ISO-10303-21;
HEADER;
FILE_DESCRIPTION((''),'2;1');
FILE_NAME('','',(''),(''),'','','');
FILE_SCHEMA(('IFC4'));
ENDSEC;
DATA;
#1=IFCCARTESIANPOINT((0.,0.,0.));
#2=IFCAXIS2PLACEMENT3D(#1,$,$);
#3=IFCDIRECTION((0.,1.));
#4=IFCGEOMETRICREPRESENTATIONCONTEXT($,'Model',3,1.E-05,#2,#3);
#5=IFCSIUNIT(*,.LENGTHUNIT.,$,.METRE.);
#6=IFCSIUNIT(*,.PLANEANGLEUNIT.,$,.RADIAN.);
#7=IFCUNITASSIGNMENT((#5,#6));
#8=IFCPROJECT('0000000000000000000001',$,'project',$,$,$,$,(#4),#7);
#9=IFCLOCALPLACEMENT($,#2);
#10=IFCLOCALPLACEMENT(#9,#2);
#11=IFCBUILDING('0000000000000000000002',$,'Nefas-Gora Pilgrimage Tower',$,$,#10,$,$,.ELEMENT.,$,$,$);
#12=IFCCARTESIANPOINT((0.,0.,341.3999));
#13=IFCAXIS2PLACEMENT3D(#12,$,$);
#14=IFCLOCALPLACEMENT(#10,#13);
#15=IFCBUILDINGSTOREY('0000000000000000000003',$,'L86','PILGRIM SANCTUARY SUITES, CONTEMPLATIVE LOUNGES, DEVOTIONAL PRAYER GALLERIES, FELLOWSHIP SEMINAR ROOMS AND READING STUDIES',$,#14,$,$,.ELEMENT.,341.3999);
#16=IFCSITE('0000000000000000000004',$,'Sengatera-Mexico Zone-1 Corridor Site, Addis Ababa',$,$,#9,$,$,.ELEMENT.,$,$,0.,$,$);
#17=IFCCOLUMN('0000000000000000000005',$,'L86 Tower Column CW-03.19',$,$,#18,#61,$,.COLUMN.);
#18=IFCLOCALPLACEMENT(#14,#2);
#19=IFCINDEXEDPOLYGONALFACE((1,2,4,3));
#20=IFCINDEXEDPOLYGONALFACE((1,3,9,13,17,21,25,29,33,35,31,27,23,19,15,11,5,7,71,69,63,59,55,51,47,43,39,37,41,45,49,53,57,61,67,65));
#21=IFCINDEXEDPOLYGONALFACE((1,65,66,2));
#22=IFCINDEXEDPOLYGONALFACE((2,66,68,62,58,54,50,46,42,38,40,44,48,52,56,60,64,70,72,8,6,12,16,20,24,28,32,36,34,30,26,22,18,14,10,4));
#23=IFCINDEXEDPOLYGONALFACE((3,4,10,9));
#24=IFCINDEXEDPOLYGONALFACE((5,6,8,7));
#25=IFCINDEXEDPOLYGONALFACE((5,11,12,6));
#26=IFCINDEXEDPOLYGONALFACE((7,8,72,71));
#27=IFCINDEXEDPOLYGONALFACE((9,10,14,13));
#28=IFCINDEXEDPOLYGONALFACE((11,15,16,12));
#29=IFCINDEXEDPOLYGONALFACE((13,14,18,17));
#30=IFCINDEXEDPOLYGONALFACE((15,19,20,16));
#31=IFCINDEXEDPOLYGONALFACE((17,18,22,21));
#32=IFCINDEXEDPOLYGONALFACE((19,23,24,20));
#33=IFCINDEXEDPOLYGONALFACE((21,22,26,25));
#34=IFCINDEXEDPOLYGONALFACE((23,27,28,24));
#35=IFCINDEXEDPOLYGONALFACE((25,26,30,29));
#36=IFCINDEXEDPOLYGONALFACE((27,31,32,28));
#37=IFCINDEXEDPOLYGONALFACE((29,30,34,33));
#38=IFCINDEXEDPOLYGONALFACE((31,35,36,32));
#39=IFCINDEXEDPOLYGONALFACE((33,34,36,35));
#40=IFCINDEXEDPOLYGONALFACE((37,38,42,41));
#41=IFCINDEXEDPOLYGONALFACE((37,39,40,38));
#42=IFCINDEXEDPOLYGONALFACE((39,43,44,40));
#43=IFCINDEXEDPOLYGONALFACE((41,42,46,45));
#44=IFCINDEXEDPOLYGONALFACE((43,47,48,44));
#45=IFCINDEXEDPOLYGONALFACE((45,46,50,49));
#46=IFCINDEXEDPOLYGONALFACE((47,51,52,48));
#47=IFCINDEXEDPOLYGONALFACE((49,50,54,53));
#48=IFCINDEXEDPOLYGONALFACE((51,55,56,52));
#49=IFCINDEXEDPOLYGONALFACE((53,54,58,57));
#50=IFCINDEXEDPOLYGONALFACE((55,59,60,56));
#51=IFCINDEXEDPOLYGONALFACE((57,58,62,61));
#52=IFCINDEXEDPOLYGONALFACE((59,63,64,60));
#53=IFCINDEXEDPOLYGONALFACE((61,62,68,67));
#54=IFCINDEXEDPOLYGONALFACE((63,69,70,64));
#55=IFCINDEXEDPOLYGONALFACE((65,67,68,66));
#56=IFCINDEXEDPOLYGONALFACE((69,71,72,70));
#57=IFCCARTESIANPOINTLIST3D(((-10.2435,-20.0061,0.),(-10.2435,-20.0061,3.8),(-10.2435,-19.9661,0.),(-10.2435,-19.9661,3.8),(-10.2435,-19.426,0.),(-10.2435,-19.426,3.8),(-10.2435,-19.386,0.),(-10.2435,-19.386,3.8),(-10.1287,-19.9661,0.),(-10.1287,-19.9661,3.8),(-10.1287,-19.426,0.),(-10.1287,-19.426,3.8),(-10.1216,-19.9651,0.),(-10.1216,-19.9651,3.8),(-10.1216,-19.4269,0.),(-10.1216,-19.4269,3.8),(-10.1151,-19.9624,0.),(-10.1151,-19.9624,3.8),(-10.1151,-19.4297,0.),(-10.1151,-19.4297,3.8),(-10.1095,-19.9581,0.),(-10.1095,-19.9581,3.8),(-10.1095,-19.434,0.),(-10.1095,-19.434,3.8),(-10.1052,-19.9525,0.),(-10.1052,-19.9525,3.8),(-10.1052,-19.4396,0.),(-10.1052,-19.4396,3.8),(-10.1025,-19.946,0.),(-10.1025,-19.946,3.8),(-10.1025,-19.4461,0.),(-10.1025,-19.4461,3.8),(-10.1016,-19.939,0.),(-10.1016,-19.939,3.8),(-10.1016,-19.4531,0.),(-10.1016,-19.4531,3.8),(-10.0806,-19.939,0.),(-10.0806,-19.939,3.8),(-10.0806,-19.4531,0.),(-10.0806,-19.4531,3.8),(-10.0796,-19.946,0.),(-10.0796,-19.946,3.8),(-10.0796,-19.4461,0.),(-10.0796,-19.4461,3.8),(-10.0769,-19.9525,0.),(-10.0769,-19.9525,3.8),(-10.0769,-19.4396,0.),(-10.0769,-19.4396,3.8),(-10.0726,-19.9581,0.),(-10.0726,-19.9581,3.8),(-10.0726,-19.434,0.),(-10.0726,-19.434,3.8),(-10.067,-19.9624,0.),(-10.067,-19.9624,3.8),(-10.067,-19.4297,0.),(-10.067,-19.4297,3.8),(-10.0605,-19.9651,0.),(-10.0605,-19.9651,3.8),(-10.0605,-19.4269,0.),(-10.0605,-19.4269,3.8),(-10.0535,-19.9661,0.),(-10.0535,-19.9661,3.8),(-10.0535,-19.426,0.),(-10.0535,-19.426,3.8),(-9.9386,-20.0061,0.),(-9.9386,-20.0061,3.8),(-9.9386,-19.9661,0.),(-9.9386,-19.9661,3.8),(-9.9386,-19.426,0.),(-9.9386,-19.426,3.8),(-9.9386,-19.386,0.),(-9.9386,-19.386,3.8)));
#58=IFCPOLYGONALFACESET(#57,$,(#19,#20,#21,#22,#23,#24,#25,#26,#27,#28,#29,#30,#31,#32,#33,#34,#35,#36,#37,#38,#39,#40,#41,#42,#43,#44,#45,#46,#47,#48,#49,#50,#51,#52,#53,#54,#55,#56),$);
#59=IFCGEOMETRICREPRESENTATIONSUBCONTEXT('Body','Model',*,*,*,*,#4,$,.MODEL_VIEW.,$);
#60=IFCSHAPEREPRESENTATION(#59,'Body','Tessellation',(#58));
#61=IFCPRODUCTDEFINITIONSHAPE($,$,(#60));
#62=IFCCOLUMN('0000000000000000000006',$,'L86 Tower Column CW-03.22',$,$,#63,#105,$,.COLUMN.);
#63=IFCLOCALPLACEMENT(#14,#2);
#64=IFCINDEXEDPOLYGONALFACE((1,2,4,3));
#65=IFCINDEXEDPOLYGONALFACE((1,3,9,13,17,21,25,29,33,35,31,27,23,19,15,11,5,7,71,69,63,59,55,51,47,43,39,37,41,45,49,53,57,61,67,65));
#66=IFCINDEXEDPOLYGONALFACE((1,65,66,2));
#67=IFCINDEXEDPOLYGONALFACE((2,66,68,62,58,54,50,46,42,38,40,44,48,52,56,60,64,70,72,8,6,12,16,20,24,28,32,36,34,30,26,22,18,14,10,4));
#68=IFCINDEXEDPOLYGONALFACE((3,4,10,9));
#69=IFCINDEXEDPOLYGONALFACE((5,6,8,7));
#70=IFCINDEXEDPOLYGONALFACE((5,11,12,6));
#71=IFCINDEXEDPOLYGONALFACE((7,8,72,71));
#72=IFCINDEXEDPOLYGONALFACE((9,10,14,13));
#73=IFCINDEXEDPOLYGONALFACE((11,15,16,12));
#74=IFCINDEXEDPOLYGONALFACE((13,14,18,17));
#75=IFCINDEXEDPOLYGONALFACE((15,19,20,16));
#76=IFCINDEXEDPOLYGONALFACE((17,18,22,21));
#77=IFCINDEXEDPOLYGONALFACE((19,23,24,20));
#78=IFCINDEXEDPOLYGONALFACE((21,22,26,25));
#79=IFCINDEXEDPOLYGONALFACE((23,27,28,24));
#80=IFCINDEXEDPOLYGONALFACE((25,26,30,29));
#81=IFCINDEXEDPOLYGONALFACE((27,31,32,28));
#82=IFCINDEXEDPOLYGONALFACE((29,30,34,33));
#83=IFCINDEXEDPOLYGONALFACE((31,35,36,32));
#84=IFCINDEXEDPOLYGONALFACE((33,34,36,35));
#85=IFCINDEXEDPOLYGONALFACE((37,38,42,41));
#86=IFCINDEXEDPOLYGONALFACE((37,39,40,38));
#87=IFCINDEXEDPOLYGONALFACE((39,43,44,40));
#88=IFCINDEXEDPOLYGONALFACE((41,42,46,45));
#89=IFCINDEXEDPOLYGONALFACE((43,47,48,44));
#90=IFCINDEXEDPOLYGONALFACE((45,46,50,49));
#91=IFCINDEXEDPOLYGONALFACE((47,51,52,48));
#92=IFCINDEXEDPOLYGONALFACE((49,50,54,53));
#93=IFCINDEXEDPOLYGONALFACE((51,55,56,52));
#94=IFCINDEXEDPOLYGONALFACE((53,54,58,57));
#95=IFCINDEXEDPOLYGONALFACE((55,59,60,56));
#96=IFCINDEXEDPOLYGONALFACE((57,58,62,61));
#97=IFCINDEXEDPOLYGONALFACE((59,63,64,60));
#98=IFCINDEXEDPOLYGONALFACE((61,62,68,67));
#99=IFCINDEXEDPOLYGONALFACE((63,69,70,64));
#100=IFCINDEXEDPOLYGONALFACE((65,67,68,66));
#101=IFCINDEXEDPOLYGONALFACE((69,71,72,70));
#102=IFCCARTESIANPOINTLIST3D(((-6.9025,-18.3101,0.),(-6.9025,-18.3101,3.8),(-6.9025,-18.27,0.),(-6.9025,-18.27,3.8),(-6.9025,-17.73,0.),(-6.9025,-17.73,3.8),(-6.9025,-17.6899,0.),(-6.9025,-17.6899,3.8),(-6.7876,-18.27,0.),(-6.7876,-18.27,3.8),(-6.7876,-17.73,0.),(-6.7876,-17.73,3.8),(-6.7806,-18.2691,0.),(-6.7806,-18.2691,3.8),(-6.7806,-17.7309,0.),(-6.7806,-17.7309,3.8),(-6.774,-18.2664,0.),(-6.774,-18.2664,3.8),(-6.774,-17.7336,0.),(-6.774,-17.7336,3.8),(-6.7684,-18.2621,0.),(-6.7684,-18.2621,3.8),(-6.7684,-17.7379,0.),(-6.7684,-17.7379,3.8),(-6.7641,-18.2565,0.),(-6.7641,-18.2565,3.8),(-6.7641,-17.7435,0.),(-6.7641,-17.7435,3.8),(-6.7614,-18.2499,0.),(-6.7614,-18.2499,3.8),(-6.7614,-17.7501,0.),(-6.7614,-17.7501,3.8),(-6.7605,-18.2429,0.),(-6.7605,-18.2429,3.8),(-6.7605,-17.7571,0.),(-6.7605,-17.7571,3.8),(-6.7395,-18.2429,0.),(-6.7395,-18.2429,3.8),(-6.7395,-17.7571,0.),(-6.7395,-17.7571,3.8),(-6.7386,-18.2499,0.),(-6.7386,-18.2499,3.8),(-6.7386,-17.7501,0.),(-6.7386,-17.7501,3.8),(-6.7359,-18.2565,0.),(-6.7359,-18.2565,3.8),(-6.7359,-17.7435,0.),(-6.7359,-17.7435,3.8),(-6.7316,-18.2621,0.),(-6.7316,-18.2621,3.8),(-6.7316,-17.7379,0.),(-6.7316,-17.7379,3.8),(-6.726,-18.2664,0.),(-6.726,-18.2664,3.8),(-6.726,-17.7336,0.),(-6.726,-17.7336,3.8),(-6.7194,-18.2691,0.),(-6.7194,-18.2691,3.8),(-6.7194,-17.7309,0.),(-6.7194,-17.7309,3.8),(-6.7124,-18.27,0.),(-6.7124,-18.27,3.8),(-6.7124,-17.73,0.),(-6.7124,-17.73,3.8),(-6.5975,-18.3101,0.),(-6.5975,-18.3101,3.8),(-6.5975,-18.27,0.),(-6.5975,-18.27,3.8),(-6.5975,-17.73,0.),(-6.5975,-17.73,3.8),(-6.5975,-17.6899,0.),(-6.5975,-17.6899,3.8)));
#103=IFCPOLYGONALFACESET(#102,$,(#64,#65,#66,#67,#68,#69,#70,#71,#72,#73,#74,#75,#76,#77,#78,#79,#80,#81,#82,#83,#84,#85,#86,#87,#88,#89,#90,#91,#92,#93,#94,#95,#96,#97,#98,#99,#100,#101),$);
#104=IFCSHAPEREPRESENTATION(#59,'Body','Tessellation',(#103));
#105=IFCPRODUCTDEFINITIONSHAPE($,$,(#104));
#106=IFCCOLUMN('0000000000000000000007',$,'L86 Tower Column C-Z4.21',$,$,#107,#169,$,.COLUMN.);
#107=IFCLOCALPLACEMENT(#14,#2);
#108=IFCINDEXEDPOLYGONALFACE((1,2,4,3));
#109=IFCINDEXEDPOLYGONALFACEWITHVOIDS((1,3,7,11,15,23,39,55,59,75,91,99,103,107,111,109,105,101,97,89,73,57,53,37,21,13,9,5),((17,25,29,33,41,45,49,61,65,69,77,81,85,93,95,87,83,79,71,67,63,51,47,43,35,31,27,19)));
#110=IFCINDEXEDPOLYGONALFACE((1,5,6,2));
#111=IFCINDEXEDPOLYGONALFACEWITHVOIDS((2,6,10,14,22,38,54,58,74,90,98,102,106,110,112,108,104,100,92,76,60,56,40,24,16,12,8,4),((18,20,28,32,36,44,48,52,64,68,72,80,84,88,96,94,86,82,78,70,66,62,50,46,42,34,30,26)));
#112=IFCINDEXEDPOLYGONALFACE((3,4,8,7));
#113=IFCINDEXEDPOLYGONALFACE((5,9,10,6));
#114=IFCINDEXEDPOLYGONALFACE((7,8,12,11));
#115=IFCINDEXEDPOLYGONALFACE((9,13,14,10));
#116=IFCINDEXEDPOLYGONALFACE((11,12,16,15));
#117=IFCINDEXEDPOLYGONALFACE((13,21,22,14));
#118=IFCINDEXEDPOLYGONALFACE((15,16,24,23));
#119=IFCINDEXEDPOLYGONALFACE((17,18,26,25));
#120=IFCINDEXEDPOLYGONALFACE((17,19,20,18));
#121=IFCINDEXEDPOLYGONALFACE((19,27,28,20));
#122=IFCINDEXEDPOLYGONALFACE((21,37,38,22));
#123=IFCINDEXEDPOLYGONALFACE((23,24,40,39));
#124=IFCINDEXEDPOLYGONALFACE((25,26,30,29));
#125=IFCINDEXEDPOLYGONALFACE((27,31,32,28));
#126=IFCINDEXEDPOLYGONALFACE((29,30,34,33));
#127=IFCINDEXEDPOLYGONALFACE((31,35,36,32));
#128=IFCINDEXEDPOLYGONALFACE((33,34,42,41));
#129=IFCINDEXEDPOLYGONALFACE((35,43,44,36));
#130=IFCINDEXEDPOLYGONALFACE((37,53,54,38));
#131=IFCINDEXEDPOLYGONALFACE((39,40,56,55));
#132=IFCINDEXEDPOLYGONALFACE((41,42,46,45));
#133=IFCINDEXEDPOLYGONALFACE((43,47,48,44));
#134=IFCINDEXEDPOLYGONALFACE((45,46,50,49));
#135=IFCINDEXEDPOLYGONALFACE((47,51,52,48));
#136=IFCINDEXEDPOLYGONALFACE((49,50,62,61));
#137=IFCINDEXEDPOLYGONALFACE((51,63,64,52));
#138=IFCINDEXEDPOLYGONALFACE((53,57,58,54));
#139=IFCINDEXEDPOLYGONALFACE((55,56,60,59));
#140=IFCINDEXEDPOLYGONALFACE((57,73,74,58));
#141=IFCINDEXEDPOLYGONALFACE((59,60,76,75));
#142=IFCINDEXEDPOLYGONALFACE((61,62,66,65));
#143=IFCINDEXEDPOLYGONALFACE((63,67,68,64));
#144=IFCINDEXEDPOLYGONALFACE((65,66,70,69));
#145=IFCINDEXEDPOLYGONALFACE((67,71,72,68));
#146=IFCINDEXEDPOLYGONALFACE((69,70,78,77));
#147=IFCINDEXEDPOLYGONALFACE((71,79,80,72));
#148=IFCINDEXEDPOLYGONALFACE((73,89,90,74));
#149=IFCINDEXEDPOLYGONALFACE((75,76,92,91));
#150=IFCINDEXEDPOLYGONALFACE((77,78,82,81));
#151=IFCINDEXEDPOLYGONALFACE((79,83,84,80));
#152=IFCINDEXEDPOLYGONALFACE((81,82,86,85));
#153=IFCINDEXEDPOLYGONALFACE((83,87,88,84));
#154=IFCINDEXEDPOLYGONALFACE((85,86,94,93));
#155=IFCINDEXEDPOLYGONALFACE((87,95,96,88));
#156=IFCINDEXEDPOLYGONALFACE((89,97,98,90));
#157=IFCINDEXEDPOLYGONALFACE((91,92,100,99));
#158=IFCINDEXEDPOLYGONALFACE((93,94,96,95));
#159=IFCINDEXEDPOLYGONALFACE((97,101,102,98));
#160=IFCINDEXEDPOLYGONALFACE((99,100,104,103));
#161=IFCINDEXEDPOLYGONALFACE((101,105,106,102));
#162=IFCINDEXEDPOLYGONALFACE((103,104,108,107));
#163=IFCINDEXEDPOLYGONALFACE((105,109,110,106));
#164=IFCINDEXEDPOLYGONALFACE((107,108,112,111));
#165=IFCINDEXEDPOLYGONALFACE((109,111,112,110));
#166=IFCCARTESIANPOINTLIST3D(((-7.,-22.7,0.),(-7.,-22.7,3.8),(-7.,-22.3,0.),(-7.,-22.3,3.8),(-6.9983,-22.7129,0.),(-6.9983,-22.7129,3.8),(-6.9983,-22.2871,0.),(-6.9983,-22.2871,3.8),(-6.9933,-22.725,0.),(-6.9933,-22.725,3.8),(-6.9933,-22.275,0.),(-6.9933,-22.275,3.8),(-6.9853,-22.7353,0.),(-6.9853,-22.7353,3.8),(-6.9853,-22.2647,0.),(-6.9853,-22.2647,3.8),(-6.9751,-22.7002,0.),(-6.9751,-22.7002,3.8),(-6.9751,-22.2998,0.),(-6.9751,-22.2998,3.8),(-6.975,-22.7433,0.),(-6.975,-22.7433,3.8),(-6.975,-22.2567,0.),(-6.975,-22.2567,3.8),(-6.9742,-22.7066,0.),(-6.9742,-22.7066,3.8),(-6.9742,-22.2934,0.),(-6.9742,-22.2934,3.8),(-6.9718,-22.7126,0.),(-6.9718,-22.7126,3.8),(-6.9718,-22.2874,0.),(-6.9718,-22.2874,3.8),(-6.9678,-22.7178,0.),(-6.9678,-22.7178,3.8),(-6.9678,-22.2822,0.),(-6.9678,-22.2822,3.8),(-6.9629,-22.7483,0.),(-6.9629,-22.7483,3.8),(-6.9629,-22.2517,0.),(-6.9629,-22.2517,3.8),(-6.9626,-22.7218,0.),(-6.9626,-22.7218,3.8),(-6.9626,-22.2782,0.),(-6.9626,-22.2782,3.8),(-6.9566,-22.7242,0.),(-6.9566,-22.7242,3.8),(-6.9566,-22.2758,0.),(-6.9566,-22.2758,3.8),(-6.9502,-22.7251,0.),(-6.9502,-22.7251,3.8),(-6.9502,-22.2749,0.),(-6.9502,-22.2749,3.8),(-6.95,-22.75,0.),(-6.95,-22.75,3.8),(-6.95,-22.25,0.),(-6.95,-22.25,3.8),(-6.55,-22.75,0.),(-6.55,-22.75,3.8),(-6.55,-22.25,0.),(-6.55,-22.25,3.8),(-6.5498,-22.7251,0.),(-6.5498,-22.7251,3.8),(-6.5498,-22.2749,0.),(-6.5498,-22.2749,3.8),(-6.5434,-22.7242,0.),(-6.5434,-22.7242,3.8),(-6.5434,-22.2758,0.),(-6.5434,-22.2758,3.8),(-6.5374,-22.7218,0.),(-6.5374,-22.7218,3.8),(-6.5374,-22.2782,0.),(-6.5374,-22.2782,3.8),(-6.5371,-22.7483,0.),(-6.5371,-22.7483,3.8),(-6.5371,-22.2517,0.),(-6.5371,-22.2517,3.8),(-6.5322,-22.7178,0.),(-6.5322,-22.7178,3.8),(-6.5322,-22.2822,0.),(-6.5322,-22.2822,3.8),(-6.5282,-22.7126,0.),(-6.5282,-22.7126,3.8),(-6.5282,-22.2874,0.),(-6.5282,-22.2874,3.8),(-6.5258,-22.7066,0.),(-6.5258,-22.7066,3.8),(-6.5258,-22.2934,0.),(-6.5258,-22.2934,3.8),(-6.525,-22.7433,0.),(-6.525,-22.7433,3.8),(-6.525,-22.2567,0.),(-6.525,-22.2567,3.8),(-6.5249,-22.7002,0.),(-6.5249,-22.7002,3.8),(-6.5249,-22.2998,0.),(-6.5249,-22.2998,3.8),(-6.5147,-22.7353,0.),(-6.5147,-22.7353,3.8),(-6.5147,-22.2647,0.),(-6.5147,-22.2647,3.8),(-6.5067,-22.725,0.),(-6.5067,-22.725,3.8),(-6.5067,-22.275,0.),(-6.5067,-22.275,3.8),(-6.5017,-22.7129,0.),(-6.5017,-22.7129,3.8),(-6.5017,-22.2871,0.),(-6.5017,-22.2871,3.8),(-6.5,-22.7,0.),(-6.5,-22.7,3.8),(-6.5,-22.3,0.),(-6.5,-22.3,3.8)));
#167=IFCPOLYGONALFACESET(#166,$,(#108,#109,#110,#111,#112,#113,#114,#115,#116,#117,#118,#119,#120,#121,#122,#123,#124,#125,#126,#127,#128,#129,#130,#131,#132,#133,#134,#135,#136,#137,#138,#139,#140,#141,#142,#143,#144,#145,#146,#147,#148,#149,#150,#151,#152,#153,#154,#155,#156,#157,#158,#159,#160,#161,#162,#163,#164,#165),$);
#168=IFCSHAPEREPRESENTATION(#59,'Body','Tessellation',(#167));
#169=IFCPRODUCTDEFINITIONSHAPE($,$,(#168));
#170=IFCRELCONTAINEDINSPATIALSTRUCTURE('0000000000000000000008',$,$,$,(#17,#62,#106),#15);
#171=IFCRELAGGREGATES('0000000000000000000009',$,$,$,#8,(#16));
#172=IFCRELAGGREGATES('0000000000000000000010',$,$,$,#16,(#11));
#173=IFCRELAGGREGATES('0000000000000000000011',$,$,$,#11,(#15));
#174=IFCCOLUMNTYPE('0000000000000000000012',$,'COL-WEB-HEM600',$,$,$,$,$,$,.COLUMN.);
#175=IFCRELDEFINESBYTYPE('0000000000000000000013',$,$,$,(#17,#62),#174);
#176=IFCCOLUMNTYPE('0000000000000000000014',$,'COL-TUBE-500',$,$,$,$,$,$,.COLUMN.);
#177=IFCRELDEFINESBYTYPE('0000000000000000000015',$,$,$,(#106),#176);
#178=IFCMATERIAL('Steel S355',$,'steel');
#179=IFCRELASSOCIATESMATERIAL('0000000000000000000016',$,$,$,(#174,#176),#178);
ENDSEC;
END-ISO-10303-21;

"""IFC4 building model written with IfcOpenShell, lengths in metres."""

from ifc_helpers import new_model, si_unit, direction, frame, origin, origin_2d, place, context, subcontext, project, spatial, hollow_rectangle, i_section, extrude, source, transform, mapped, material, material_profile, profile_set, type_object, element, save


model = new_model("IFC4")

# Units and contexts
model_context = context("Model", 3, precision=1e-05, world=origin(), true_north=direction((0.0, 1.0)))
body_context = subcontext(model_context, "Body", "Model", "MODEL_VIEW")
ifc_project = project(units=[si_unit("LENGTHUNIT", "METRE"), si_unit("PLANEANGLEUNIT", "RADIAN")], contexts=[model_context])

# Site, building, storey
site_placement = place(None, origin())
site = spatial("IfcSite", under=ifc_project, at=site_placement, Name="Sengatera-Mexico Zone-1 Corridor Site, Addis Ababa", CompositionType="ELEMENT", RefElevation=0.0)
building_placement = place(site_placement, origin())
building = spatial("IfcBuilding", under=site, at=building_placement, Name="Nefas-Gora Pilgrimage Tower", CompositionType="ELEMENT")
storey_placement = place(building_placement, frame((0.0, 0.0, 341.3999)))
storey = spatial("IfcBuildingStorey", under=building, at=storey_placement, Name="L86", Description="PILGRIM SANCTUARY SUITES, CONTEMPLATIVE LOUNGES, DEVOTIONAL PRAYER GALLERIES, FELLOWSHIP SEMINAR ROOMS AND READING STUDIES", CompositionType="ELEMENT", Elevation=341.3999)

# Columns
ifc_material_1 = material(Name="Steel S355", Category="steel")
ifc_material_profile_1 = material_profile(ifc_material_1, i_section(OverallWidth=0.3049, OverallDepth=0.6201, WebThickness=0.021, FlangeThickness=0.04, FilletRadius=0.0271, at=origin_2d()), Name="HEM 600")
ifc_profile_set_1 = profile_set([ifc_material_profile_1], Name="Steel S355")
column_type_1 = type_object("IfcColumnType", Name="COL-WEB-HEM600", PredefinedType="COLUMN", material=ifc_profile_set_1)
shared_shape_1 = source(origin(), body_context, "Body", "SweptSolid", [
    extrude(i_section(OverallWidth=0.3049, OverallDepth=0.6201, WebThickness=0.021, FlangeThickness=0.04, FilletRadius=0.0271, at=origin_2d()), origin(), (0.0, 0.0, 1.0), 3.8),
])
for number, where, z_axis, x_axis, name in (
    (1, (-10.0911, -19.696, 0.0), (0.0, 0.0, 1.0), (1.0, 0.0, 0.0), "L86 Tower Column CW-03.19"),
    (2, (-6.75, -18.0, 0.0), (0.0, 0.0, 1.0), (1.0, 0.0, 0.0), "L86 Tower Column CW-03.22"),
):
    element("IfcColumn", number, at=place(storey_placement, frame(where, z_axis=z_axis, x_axis=x_axis)), inside=storey, type_object=column_type_1, Name=name, PredefinedType="COLUMN", context=body_context, shape_type="MappedRepresentation", body=[
        mapped(shared_shape_1, transform((0.0, 0.0, 0.0), x_axis=(1.0, 0.0, 0.0), y_axis=(0.0, 1.0, 0.0), z_axis=(0.0, 0.0, 1.0), scale=1.0)),
    ])
ifc_material_profile_2 = material_profile(ifc_material_1, hollow_rectangle(XDim=0.5, YDim=0.5, WallThickness=0.0249, InnerFilletRadius=0.0249, OuterFilletRadius=0.05, at=origin_2d()), Name="SHS 500x500x25")
ifc_profile_set_2 = profile_set([ifc_material_profile_2], Name="Steel S355")
column_type_2 = type_object("IfcColumnType", Name="COL-TUBE-500", PredefinedType="COLUMN", material=ifc_profile_set_2)
shared_shape_2 = source(origin(), body_context, "Body", "SweptSolid", [
    extrude(hollow_rectangle(XDim=0.5, YDim=0.5, WallThickness=0.0249, InnerFilletRadius=0.0249, OuterFilletRadius=0.05, at=origin_2d()), origin(), (0.0, 0.0, 1.0), 3.8),
])
for number, where, z_axis, x_axis, name in (
    (3, (-6.75, -22.5, 0.0), (0.0, 0.0, 1.0), (1.0, 0.0, 0.0), "L86 Tower Column C-Z4.21"),
):
    element("IfcColumn", number, at=place(storey_placement, frame(where, z_axis=z_axis, x_axis=x_axis)), inside=storey, type_object=column_type_2, Name=name, PredefinedType="COLUMN", context=body_context, shape_type="MappedRepresentation", body=[
        mapped(shared_shape_2, transform((0.0, 0.0, 0.0), x_axis=(1.0, 0.0, 0.0), y_axis=(0.0, 1.0, 0.0), z_axis=(0.0, 0.0, 1.0), scale=1.0)),
    ])

save(model, "model.ifc")
